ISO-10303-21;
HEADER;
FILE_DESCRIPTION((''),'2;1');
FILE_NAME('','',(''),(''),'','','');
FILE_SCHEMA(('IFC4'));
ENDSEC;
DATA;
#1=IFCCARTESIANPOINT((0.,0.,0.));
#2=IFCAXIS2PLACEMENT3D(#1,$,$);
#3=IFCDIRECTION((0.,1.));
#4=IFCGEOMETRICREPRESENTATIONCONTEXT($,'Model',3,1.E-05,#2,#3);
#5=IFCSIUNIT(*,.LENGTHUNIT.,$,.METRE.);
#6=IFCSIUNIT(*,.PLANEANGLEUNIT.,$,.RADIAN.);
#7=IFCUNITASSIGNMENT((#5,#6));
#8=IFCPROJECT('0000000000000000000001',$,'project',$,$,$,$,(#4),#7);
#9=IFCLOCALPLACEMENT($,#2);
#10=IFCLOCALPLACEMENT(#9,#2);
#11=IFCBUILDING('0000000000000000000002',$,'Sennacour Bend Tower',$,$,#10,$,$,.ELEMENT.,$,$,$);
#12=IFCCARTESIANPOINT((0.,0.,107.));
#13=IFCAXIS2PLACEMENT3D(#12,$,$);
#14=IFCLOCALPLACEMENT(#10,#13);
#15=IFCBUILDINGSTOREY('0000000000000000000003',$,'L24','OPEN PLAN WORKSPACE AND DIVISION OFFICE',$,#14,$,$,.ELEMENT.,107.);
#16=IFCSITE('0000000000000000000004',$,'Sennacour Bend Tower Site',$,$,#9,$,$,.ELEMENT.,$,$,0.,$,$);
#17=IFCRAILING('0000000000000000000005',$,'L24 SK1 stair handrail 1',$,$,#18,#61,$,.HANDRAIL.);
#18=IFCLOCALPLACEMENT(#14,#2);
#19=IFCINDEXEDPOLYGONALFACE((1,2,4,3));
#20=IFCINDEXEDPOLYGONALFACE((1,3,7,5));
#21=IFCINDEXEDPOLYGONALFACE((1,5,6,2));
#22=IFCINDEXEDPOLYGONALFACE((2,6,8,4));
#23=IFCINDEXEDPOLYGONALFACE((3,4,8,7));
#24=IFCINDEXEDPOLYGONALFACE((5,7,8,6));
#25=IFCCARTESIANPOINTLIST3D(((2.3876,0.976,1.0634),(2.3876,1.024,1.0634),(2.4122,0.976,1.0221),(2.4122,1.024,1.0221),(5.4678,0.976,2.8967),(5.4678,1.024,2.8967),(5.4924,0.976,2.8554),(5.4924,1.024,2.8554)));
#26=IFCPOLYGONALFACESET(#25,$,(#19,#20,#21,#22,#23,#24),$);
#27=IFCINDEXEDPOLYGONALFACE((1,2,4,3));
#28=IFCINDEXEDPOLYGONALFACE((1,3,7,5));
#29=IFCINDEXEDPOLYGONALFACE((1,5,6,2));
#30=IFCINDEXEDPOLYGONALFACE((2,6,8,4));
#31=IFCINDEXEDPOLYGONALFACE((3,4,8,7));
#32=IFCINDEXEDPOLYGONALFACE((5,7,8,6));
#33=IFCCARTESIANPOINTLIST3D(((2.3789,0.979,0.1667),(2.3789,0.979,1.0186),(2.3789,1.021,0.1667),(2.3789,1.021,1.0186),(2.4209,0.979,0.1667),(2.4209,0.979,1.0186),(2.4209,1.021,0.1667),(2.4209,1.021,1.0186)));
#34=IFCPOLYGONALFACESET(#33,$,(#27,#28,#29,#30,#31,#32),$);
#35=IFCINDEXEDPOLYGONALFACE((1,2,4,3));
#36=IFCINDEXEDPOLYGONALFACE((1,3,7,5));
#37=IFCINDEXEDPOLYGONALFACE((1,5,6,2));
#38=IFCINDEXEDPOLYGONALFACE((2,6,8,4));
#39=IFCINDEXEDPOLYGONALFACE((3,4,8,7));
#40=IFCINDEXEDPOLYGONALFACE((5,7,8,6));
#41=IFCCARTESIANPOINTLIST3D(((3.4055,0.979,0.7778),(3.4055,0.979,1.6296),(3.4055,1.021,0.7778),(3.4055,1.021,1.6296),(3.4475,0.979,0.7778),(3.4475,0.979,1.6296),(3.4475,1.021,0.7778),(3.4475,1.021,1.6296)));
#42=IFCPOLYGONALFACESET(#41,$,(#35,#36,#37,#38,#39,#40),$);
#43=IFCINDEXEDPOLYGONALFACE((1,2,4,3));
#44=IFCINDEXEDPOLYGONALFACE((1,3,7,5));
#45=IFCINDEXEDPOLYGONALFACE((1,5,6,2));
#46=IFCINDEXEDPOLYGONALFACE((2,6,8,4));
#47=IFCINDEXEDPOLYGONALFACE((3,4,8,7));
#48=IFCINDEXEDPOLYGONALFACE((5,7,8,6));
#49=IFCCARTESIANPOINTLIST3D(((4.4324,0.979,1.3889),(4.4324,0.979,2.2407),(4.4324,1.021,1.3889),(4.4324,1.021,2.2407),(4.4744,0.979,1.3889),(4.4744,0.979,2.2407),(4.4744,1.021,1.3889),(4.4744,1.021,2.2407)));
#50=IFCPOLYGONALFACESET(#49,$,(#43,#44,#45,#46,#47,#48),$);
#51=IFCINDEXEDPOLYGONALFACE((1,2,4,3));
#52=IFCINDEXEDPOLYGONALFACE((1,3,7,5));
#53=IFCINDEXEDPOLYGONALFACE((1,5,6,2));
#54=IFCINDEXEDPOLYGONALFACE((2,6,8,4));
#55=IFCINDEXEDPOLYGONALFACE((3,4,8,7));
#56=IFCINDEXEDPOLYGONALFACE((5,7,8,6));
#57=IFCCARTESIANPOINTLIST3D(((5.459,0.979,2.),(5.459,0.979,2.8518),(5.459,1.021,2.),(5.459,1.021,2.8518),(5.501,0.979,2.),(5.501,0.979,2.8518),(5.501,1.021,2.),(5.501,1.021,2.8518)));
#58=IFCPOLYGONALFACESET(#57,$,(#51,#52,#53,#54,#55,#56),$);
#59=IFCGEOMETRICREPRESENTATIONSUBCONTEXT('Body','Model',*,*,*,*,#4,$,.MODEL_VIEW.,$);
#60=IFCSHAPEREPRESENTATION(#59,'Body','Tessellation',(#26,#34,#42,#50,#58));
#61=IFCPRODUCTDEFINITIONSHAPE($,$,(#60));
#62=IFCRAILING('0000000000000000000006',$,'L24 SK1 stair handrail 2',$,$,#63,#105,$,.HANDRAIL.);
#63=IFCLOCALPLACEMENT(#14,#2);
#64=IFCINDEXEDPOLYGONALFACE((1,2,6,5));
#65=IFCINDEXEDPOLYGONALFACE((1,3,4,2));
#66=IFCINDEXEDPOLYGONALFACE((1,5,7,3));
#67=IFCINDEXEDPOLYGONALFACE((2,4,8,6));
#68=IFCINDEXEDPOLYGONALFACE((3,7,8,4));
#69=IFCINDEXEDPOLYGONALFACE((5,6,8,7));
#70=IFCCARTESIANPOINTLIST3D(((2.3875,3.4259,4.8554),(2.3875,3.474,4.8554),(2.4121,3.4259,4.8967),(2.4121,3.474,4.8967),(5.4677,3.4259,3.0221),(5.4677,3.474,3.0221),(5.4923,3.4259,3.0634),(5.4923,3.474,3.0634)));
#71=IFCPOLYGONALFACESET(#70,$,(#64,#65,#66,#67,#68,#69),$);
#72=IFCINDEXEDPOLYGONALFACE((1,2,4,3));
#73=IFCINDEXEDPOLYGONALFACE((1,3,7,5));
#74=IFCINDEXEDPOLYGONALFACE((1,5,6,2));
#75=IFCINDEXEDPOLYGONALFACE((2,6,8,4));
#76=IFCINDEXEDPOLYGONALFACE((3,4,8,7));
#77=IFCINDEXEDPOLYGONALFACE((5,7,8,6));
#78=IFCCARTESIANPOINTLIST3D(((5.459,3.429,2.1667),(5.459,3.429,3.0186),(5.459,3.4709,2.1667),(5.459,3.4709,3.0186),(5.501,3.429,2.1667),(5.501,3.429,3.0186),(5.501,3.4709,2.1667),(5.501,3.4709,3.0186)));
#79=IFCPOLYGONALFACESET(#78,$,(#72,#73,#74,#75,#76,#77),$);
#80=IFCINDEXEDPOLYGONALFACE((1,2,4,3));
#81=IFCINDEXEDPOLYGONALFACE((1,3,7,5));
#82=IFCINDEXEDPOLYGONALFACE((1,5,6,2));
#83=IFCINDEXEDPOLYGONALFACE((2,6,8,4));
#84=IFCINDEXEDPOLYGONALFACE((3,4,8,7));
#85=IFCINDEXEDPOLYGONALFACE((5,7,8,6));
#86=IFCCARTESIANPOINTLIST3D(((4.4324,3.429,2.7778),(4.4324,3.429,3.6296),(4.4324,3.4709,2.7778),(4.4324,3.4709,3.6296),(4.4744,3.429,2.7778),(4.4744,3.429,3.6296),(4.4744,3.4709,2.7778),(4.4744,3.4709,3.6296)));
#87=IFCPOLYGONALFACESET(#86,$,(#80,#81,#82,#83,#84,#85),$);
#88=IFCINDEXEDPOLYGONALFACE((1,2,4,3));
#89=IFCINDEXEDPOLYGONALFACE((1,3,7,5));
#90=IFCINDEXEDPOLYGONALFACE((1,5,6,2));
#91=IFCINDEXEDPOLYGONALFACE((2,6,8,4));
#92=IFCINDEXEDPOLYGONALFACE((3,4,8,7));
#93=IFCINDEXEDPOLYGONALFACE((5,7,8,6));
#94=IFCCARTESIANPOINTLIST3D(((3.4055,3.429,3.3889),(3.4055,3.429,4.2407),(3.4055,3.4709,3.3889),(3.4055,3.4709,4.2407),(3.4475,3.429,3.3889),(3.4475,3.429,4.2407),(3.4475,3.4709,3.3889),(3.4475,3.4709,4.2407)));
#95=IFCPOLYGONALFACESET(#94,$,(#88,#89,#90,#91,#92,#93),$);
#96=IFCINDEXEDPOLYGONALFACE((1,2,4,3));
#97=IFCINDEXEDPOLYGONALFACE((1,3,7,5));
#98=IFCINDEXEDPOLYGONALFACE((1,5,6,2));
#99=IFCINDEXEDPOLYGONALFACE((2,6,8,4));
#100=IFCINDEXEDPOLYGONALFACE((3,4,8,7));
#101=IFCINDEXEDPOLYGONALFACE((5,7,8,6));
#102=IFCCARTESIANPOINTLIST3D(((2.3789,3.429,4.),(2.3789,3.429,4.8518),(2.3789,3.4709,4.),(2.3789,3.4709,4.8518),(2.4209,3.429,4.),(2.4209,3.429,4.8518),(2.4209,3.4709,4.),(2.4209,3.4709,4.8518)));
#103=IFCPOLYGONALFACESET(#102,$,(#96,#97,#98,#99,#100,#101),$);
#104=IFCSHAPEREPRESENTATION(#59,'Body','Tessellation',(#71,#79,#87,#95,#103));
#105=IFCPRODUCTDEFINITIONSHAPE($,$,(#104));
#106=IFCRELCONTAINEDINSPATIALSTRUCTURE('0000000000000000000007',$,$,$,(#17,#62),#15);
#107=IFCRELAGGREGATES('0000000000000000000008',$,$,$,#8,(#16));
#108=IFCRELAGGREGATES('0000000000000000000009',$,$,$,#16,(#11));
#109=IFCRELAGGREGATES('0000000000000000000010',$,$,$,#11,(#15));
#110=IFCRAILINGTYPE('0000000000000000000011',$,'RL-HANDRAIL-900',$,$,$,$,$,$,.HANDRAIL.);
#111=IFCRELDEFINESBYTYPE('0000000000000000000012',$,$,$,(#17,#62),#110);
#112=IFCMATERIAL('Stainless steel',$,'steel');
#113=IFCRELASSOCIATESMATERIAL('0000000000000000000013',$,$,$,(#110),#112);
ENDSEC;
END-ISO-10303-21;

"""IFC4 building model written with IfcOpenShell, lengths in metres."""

from ifc_helpers import new_model, si_unit, direction, frame, origin, origin_2d, place, context, subcontext, project, spatial, rectangle, extrude, material, type_object, element, save


model = new_model("IFC4")

# Units and contexts
model_context = context("Model", 3, precision=1e-05, world=origin(), true_north=direction((0.0, 1.0)))
body_context = subcontext(model_context, "Body", "Model", "MODEL_VIEW")
ifc_project = project(units=[si_unit("LENGTHUNIT", "METRE"), si_unit("PLANEANGLEUNIT", "RADIAN")], contexts=[model_context])

# Site, building, storey
site_placement = place(None, origin())
site = spatial("IfcSite", under=ifc_project, at=site_placement, Name="Sennacour Bend Tower Site", CompositionType="ELEMENT", RefElevation=0.0)
building_placement = place(site_placement, origin())
building = spatial("IfcBuilding", under=site, at=building_placement, Name="Sennacour Bend Tower", CompositionType="ELEMENT")
storey_placement = place(building_placement, frame((0.0, 0.0, 107.0)))
storey = spatial("IfcBuildingStorey", under=building, at=storey_placement, Name="L24", Description="OPEN PLAN WORKSPACE AND DIVISION OFFICE", CompositionType="ELEMENT", Elevation=107.0)

# Railings
ifc_material_1 = material(Name="Stainless steel", Category="steel")
railing_type_1 = type_object("IfcRailingType", Name="RL-HANDRAIL-900", PredefinedType="HANDRAIL", material=ifc_material_1)
railing_1_placement = place(storey_placement, frame((2.3999, 1.0, 0.1667)))
element("IfcRailing", 1, at=railing_1_placement, inside=storey, type_object=railing_type_1, Name="L24 SK1 stair handrail 1", PredefinedType="HANDRAIL", context=body_context, shape_type="SweptSolid", body=[
    extrude(rectangle(XDim=0.0481, YDim=0.0481, at=origin_2d()), frame((0.0, 0.0, 0.876), z_axis=(0.859309, 0.0, 0.511458), x_axis=(0.0, 1.0, 0.0)), (0.0, 0.0, 1.0), 3.5845),
    extrude(rectangle(XDim=0.042, YDim=0.042, at=origin_2d()), origin(), (0.0, 0.0, 1.0), 0.8518),
    extrude(rectangle(XDim=0.042, YDim=0.042, at=origin_2d()), frame((1.0266, 0.0, 0.6111)), (0.0, 0.0, 1.0), 0.8518),
    extrude(rectangle(XDim=0.042, YDim=0.042, at=origin_2d()), frame((2.0535, 0.0, 1.2222)), (0.0, 0.0, 1.0), 0.8518),
    extrude(rectangle(XDim=0.042, YDim=0.042, at=origin_2d()), frame((3.0801, 0.0, 1.8333)), (0.0, 0.0, 1.0), 0.8518),
])
railing_2_placement = place(storey_placement, frame((5.48, 3.45, 2.1667)))
element("IfcRailing", 2, at=railing_2_placement, inside=storey, type_object=railing_type_1, Name="L24 SK1 stair handrail 2", PredefinedType="HANDRAIL", context=body_context, shape_type="SweptSolid", body=[
    extrude(rectangle(XDim=0.0481, YDim=0.0481, at=origin_2d()), frame((0.0, 0.0, 0.876), z_axis=(-0.859309, 0.0, 0.511458), x_axis=(0.0, -1.0, 0.0)), (0.0, 0.0, 1.0), 3.5845),
    extrude(rectangle(XDim=0.042, YDim=0.042, at=origin_2d()), origin(), (0.0, 0.0, 1.0), 0.8518),
    extrude(rectangle(XDim=0.042, YDim=0.042, at=origin_2d()), frame((-1.0266, 0.0, 0.6111)), (0.0, 0.0, 1.0), 0.8518),
    extrude(rectangle(XDim=0.042, YDim=0.042, at=origin_2d()), frame((-2.0535, 0.0, 1.2222)), (0.0, 0.0, 1.0), 0.8518),
    extrude(rectangle(XDim=0.042, YDim=0.042, at=origin_2d()), frame((-3.0801, 0.0, 1.8333)), (0.0, 0.0, 1.0), 0.8518),
])

save(model, "model.ifc")
